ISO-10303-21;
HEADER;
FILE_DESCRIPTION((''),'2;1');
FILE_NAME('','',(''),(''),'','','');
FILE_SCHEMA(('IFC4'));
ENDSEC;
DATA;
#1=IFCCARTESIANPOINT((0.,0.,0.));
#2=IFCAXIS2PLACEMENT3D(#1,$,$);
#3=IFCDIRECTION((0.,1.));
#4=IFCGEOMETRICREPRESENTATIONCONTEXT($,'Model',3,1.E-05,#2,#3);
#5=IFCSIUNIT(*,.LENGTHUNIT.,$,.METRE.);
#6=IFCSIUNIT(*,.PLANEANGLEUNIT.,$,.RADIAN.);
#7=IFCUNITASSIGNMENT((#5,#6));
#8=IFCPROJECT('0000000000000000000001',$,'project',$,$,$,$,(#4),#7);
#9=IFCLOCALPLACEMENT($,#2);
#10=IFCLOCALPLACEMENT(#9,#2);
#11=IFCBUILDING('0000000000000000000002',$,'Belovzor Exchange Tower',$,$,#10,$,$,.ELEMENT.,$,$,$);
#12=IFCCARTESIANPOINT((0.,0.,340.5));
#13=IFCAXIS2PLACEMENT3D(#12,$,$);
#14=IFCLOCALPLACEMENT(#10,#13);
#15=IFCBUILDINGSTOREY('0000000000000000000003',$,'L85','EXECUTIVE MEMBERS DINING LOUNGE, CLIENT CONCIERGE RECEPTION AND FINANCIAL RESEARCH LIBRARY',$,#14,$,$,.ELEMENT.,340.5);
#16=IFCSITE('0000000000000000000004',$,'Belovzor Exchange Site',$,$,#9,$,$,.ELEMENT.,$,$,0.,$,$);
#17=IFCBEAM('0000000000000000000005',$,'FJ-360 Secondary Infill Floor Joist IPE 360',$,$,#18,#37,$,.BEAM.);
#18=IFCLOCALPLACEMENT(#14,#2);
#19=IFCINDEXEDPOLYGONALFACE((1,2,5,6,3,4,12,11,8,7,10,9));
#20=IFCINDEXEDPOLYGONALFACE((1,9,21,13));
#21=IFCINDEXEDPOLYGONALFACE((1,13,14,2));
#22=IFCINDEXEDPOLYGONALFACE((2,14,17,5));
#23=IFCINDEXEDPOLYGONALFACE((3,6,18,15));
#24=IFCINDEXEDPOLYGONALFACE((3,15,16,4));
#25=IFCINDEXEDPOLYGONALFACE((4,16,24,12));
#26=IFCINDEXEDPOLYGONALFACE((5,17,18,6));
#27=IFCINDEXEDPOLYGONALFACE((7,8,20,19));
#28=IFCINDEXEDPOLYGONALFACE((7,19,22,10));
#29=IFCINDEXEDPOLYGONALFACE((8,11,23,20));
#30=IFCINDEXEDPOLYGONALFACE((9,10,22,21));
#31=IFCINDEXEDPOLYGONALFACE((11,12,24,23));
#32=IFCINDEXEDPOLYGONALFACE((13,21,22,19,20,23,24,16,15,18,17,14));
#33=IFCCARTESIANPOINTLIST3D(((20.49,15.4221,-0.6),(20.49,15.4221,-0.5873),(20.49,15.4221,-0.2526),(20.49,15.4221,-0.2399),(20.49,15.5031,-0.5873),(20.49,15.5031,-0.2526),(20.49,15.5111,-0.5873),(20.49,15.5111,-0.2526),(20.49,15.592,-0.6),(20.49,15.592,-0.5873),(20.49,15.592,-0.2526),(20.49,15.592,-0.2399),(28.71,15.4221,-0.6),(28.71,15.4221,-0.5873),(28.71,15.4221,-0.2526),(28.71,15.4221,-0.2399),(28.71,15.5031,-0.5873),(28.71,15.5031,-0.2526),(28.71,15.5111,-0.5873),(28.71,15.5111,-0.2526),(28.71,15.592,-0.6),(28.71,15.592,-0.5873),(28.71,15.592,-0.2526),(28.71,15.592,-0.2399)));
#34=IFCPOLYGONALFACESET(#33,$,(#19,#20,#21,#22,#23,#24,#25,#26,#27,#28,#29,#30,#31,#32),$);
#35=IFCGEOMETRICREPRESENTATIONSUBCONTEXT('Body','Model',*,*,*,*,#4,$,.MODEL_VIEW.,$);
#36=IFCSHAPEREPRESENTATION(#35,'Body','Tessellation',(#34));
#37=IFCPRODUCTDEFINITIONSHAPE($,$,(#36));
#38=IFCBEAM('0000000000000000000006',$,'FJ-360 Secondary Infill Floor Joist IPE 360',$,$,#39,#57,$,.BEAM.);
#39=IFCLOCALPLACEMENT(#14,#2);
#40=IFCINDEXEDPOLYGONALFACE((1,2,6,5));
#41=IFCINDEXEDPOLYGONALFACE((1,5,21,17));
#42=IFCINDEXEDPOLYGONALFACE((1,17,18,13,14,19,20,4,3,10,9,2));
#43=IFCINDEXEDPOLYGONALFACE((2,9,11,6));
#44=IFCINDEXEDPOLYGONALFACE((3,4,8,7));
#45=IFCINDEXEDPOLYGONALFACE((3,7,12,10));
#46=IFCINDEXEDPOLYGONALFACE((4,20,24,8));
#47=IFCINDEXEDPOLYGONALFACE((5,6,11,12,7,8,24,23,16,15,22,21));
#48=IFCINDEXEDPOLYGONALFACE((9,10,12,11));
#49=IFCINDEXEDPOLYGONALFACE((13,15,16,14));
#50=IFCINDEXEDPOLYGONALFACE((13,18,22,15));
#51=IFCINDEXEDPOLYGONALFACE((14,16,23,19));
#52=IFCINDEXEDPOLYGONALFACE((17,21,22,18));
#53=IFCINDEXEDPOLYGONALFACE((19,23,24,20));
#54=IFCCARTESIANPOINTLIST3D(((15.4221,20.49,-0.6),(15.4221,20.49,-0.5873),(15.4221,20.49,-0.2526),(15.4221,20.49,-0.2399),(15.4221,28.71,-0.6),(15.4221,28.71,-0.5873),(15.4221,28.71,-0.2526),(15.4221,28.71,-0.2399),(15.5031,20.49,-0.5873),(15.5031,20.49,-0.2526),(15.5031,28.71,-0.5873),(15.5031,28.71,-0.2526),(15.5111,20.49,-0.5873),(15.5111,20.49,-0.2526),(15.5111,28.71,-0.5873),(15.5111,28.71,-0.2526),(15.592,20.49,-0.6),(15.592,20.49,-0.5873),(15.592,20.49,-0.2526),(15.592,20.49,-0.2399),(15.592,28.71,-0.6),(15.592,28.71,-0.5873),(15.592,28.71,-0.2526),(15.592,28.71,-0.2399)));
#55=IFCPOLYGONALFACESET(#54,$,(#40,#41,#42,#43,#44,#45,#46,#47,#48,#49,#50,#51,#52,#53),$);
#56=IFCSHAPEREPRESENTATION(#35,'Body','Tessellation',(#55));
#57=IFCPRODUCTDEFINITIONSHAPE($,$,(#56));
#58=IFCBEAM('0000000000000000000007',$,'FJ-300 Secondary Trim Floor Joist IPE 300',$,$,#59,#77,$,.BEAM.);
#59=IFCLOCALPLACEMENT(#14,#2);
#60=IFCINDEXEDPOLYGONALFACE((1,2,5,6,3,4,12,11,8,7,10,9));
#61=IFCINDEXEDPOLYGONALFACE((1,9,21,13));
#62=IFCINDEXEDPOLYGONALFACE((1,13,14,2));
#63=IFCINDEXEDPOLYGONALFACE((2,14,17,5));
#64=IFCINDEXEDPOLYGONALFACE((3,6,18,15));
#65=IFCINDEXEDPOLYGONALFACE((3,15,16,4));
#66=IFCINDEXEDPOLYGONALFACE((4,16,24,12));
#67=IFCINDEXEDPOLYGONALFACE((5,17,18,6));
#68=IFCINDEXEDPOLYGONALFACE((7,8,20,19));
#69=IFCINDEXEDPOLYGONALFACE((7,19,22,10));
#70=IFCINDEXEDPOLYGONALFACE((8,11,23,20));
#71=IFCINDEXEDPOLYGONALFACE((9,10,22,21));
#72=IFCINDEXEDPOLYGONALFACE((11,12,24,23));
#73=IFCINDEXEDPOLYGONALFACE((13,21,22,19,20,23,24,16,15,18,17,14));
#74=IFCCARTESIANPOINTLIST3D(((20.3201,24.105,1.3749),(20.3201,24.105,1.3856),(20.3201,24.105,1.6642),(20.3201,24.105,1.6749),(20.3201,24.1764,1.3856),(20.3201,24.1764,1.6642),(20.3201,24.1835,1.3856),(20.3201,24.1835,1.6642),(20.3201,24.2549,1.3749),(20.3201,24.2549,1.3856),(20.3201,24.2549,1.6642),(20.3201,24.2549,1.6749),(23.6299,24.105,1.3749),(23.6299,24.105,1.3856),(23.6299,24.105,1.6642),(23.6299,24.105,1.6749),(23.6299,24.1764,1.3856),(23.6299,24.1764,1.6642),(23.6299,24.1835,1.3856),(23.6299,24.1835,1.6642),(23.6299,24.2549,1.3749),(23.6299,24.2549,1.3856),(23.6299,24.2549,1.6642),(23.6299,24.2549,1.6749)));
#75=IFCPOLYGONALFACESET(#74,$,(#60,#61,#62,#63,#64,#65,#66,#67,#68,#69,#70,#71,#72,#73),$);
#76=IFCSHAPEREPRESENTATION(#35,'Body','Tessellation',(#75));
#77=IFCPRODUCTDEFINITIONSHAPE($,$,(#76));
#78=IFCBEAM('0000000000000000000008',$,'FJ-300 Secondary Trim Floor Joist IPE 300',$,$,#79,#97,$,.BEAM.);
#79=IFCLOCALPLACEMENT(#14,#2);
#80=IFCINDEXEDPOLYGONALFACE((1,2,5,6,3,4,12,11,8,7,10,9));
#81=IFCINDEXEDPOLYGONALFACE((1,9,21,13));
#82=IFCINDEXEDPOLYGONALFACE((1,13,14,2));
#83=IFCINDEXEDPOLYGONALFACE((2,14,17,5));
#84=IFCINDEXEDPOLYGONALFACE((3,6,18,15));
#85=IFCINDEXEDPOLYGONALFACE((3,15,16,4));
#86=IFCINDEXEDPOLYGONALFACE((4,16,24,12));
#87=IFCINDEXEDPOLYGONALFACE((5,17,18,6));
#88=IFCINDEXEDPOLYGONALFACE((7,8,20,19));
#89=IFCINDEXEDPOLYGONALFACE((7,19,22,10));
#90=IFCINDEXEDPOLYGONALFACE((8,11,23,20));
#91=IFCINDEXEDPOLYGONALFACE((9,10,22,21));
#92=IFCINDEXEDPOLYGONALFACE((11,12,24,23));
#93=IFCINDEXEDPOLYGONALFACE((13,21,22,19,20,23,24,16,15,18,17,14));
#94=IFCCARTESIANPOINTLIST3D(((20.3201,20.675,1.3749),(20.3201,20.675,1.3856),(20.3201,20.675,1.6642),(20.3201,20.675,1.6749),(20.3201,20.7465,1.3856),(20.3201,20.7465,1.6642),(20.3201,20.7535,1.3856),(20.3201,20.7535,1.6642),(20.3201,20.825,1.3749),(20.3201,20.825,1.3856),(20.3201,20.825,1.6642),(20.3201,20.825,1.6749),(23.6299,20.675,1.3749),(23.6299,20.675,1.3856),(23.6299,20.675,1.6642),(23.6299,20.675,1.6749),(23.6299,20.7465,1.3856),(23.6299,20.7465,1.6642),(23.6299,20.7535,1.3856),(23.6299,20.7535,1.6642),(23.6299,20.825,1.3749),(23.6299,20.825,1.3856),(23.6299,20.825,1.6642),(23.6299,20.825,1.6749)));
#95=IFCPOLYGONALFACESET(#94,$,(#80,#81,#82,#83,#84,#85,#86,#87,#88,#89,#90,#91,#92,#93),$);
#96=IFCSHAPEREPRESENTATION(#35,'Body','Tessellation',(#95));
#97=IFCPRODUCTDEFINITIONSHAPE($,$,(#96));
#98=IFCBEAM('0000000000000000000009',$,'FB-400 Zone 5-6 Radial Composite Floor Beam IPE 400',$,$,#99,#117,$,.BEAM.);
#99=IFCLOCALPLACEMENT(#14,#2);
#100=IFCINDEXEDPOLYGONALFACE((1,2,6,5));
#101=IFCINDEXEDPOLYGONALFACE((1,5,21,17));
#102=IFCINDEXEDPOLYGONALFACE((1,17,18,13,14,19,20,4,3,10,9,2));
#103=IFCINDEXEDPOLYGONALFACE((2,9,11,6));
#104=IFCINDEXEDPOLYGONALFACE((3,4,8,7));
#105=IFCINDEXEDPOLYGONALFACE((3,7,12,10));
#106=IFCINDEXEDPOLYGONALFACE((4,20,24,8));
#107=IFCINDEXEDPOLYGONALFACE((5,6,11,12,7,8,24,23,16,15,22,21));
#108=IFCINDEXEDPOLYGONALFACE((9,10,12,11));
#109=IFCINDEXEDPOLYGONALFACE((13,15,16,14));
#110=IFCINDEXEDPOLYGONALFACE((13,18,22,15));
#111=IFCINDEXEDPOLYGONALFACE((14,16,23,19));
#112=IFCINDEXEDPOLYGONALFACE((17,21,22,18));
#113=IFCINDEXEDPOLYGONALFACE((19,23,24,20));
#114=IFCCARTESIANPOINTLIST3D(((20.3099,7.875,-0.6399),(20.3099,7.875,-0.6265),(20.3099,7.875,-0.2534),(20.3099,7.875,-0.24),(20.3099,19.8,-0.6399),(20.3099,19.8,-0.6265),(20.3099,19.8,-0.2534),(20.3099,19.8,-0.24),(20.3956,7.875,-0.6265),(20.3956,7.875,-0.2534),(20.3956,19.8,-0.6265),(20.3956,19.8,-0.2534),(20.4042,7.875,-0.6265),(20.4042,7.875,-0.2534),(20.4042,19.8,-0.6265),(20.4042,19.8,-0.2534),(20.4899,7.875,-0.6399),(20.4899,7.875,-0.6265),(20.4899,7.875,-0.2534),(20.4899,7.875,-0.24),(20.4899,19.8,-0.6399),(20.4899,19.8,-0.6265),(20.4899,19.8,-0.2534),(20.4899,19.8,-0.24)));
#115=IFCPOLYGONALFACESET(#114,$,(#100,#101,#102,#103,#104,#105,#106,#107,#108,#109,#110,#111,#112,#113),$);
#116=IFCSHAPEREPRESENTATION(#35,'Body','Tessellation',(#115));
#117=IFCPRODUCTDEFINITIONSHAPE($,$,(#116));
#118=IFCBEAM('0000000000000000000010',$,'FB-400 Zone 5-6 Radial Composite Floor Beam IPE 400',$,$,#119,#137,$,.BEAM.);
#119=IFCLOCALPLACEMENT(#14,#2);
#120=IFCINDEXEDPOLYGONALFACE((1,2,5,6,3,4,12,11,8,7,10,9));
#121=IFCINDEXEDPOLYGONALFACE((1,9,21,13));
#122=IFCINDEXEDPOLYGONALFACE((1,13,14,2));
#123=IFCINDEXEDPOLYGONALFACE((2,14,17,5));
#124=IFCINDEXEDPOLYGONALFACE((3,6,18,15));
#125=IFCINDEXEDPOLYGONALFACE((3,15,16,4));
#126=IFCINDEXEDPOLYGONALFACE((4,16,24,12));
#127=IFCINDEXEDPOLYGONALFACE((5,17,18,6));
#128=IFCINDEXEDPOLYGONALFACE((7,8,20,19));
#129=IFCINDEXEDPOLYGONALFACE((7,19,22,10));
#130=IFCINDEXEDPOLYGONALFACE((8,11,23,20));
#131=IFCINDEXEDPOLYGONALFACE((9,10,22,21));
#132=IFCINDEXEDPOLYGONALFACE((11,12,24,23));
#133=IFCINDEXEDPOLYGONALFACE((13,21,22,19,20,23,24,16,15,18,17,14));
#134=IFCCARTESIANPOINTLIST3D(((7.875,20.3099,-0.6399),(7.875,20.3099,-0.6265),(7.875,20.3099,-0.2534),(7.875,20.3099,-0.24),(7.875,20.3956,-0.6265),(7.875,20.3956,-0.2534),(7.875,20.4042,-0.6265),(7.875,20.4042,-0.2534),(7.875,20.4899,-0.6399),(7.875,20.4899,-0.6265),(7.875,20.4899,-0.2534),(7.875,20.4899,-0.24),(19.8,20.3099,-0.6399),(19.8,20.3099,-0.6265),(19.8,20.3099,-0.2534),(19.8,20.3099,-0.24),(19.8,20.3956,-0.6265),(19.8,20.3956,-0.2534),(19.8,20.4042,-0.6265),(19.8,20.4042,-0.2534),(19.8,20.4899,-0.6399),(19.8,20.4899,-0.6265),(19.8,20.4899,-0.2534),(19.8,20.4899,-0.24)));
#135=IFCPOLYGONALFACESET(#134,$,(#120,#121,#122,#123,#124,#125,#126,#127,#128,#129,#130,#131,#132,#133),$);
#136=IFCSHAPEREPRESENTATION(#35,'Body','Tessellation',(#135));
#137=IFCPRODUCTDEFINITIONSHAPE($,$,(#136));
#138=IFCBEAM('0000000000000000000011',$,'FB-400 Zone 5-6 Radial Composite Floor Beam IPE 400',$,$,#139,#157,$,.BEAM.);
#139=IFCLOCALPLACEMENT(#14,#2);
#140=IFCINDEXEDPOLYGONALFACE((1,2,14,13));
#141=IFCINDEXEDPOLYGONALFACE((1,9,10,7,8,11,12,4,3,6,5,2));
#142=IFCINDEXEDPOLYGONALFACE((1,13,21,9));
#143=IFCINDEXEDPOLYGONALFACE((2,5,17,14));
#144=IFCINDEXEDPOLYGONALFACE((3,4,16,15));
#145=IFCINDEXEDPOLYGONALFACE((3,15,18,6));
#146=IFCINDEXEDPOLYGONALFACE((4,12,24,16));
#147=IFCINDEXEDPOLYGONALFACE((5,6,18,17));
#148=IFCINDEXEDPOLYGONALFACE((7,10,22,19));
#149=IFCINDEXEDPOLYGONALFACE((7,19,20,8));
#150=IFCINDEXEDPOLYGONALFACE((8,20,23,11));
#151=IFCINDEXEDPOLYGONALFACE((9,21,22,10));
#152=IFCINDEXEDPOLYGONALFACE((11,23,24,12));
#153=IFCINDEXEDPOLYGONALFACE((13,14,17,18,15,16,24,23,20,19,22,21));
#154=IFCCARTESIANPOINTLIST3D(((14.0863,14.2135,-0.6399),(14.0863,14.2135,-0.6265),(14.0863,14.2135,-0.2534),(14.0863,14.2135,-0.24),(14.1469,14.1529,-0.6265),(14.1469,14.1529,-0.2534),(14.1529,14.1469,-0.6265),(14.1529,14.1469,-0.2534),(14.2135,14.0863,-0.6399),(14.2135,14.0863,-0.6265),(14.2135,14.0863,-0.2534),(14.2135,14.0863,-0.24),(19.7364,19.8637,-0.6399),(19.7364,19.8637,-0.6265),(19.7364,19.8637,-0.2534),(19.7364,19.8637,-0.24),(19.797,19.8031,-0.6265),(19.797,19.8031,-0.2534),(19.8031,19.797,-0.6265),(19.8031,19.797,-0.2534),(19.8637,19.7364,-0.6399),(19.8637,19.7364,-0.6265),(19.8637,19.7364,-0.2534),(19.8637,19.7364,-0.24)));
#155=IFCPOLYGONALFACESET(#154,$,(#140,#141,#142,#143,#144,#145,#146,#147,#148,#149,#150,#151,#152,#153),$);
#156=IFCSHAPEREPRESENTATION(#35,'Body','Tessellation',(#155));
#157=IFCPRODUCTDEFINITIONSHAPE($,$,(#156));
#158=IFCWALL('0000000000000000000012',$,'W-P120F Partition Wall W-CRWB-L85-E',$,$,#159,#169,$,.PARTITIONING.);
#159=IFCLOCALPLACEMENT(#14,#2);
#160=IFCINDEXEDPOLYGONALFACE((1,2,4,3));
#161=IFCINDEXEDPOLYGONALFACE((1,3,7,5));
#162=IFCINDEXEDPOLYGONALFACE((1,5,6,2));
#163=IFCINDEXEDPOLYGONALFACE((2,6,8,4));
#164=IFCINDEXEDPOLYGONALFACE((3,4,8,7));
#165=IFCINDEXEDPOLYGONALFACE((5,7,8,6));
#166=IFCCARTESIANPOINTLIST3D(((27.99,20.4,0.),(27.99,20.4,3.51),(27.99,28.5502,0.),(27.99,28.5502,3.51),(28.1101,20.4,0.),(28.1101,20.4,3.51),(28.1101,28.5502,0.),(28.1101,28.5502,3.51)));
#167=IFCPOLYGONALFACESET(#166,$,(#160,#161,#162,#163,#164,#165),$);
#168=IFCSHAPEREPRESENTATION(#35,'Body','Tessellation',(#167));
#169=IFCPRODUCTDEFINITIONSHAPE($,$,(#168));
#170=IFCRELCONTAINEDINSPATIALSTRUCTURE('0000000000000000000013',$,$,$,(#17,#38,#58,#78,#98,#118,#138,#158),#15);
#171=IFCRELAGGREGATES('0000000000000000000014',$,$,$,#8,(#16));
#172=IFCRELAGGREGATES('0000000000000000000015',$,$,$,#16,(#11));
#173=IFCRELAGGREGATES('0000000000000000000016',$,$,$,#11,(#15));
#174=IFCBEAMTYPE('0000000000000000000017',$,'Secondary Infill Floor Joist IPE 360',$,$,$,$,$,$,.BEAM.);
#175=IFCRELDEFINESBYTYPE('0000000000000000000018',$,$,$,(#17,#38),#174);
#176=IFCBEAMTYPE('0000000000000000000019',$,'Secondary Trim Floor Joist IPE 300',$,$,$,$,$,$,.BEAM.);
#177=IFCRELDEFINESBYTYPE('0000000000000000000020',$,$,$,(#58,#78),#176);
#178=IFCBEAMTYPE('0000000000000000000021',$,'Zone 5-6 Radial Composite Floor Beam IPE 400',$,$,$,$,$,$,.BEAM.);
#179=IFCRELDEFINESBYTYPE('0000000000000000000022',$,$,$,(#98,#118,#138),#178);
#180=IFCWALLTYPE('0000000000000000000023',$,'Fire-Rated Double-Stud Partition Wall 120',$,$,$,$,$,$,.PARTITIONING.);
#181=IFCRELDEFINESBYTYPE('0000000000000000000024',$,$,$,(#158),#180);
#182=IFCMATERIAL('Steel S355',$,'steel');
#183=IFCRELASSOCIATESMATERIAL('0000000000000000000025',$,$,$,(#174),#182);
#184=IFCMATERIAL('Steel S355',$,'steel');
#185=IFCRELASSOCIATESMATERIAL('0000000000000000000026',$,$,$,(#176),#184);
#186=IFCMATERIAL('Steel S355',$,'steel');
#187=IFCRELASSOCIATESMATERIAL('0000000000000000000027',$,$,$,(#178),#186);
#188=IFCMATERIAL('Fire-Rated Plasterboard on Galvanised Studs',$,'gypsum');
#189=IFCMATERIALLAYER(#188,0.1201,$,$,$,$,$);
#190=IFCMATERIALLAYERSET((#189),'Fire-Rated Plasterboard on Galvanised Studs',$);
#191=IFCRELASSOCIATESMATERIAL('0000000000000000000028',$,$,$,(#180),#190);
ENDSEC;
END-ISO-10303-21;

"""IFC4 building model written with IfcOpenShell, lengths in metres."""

from ifc_helpers import new_model, si_unit, direction, frame, frame_2d, origin, origin_2d, place, context, subcontext, project, spatial, rectangle, i_section, extrude, material, layer, layer_set, material_profile, profile_set, type_object, element, save


model = new_model("IFC4")

# Units and contexts
model_context = context("Model", 3, precision=1e-05, world=origin(), true_north=direction((0.0, 1.0)))
body_context = subcontext(model_context, "Body", "Model", "MODEL_VIEW")
ifc_project = project(units=[si_unit("LENGTHUNIT", "METRE"), si_unit("PLANEANGLEUNIT", "RADIAN")], contexts=[model_context])

# Site, building, storey
site_placement = place(None, origin())
site = spatial("IfcSite", under=ifc_project, at=site_placement, Name="Belovzor Exchange Site", CompositionType="ELEMENT", RefElevation=0.0)
building_placement = place(site_placement, origin())
building = spatial("IfcBuilding", under=site, at=building_placement, Name="Belovzor Exchange Tower", CompositionType="ELEMENT")
storey_placement = place(building_placement, frame((0.0, 0.0, 340.5)))
storey = spatial("IfcBuildingStorey", under=building, at=storey_placement, Name="L85", Description="EXECUTIVE MEMBERS DINING LOUNGE, CLIENT CONCIERGE RECEPTION AND FINANCIAL RESEARCH LIBRARY", CompositionType="ELEMENT", Elevation=340.5)

# Beams
ifc_material_1 = material(Name="Steel S355", Category="steel")
ifc_material_profile_1 = material_profile(ifc_material_1, i_section(OverallWidth=0.1699, OverallDepth=0.3601, WebThickness=0.0081, FlangeThickness=0.0127, at=origin_2d()))
ifc_profile_set_1 = profile_set([ifc_material_profile_1], Name="Steel S355")
beam_type_1 = type_object("IfcBeamType", Name="Secondary Infill Floor Joist IPE 360", PredefinedType="BEAM", material=ifc_profile_set_1)
for number, where, z_axis, x_axis, name in (
    (1, (20.49, 15.5071, -0.4199), (1.0, 0.0, 0.0), (0.0, 1.0, 0.0), "FJ-360 Secondary Infill Floor Joist IPE 360"),
    (2, (15.5071, 20.49, -0.4199), (0.0, 1.0, 0.0), (-1.0, 0.0, 0.0), "FJ-360 Secondary Infill Floor Joist IPE 360"),
):
    element("IfcBeam", number, at=place(storey_placement, frame(where, z_axis=z_axis, x_axis=x_axis)), inside=storey, type_object=beam_type_1, Name=name, PredefinedType="BEAM", context=body_context, shape_type="SweptSolid", body=[
        extrude(i_section(OverallWidth=0.1699, OverallDepth=0.3601, WebThickness=0.0081, FlangeThickness=0.0127, at=origin_2d()), origin(), (0.0, 0.0, 1.0), 8.22),
    ])
ifc_material_2 = material(Name="Steel S355", Category="steel")
ifc_material_profile_2 = material_profile(ifc_material_2, i_section(OverallWidth=0.1499, OverallDepth=0.3, WebThickness=0.0071, FlangeThickness=0.0107, at=origin_2d()))
ifc_profile_set_2 = profile_set([ifc_material_profile_2], Name="Steel S355")
beam_type_2 = type_object("IfcBeamType", Name="Secondary Trim Floor Joist IPE 300", PredefinedType="BEAM", material=ifc_profile_set_2)
for number, where, z_axis, x_axis, name in (
    (3, (20.3201, 24.1799, 1.5249), (1.0, 0.0, 0.0), (0.0, 1.0, 0.0), "FJ-300 Secondary Trim Floor Joist IPE 300"),
    (4, (20.3201, 20.75, 1.5249), (1.0, 0.0, 0.0), (0.0, 1.0, 0.0), "FJ-300 Secondary Trim Floor Joist IPE 300"),
):
    element("IfcBeam", number, at=place(storey_placement, frame(where, z_axis=z_axis, x_axis=x_axis)), inside=storey, type_object=beam_type_2, Name=name, PredefinedType="BEAM", context=body_context, shape_type="SweptSolid", body=[
        extrude(i_section(OverallWidth=0.1499, OverallDepth=0.3, WebThickness=0.0071, FlangeThickness=0.0107, at=origin_2d()), origin(), (0.0, 0.0, 1.0), 3.3098),
    ])
ifc_material_3 = material(Name="Steel S355", Category="steel")
ifc_material_profile_3 = material_profile(ifc_material_3, i_section(OverallWidth=0.1799, OverallDepth=0.3999, WebThickness=0.0085, FlangeThickness=0.0134, at=origin_2d()))
ifc_profile_set_3 = profile_set([ifc_material_profile_3], Name="Steel S355")
beam_type_3 = type_object("IfcBeamType", Name="Zone 5-6 Radial Composite Floor Beam IPE 400", PredefinedType="BEAM", material=ifc_profile_set_3)
for number, where, z_axis, x_axis, name in (
    (5, (20.3999, 19.8, -0.4399), (0.0, -1.0, 0.0), (1.0, 0.0, 0.0), "FB-400 Zone 5-6 Radial Composite Floor Beam IPE 400"),
    (6, (19.8, 20.3999, -0.4399), (-1.0, 0.0, 0.0), (0.0, -1.0, 0.0), "FB-400 Zone 5-6 Radial Composite Floor Beam IPE 400"),
):
    element("IfcBeam", number, at=place(storey_placement, frame(where, z_axis=z_axis, x_axis=x_axis)), inside=storey, type_object=beam_type_3, Name=name, PredefinedType="BEAM", context=body_context, shape_type="SweptSolid", body=[
        extrude(i_section(OverallWidth=0.1799, OverallDepth=0.3999, WebThickness=0.0085, FlangeThickness=0.0134, at=origin_2d()), origin(), (0.0, 0.0, 1.0), 11.925),
    ])
beam_placement = place(storey_placement, frame((19.8, 19.8, -0.4399), z_axis=(-0.707107, -0.707107, 0.0), x_axis=(0.707107, -0.707107, 0.0)))
element("IfcBeam", 7, at=beam_placement, inside=storey, type_object=beam_type_3, Name="FB-400 Zone 5-6 Radial Composite Floor Beam IPE 400", PredefinedType="BEAM", context=body_context, shape_type="SweptSolid", body=[
    extrude(i_section(OverallWidth=0.1799, OverallDepth=0.3999, WebThickness=0.0085, FlangeThickness=0.0134, at=origin_2d()), origin(), (0.0, 0.0, 1.0), 7.9905),
])

# Wall
ifc_material_4 = material(Name="Fire-Rated Plasterboard on Galvanised Studs", Category="gypsum")
ifc_layer_1 = layer(ifc_material_4, 0.1201)
ifc_layer_set_1 = layer_set([ifc_layer_1], Name="Fire-Rated Plasterboard on Galvanised Studs")
wall_type_1 = type_object("IfcWallType", Name="Fire-Rated Double-Stud Partition Wall 120", PredefinedType="PARTITIONING", material=ifc_layer_set_1)
wall_1_placement = place(storey_placement, frame((28.05, 20.3999, 0.0), z_axis=(0.0, 0.0, 1.0), x_axis=(0.0, 1.0, 0.0)))
element("IfcWall", 8, at=wall_1_placement, inside=storey, type_object=wall_type_1, Name="W-P120F Partition Wall W-CRWB-L85-E", PredefinedType="PARTITIONING", context=body_context, shape_type="SweptSolid", body=[
    extrude(rectangle(XDim=8.1501, YDim=0.1201, at=frame_2d((4.0752, 0.0))), origin(), (0.0, 0.0, 1.0), 3.51),
])

save(model, "model.ifc")
